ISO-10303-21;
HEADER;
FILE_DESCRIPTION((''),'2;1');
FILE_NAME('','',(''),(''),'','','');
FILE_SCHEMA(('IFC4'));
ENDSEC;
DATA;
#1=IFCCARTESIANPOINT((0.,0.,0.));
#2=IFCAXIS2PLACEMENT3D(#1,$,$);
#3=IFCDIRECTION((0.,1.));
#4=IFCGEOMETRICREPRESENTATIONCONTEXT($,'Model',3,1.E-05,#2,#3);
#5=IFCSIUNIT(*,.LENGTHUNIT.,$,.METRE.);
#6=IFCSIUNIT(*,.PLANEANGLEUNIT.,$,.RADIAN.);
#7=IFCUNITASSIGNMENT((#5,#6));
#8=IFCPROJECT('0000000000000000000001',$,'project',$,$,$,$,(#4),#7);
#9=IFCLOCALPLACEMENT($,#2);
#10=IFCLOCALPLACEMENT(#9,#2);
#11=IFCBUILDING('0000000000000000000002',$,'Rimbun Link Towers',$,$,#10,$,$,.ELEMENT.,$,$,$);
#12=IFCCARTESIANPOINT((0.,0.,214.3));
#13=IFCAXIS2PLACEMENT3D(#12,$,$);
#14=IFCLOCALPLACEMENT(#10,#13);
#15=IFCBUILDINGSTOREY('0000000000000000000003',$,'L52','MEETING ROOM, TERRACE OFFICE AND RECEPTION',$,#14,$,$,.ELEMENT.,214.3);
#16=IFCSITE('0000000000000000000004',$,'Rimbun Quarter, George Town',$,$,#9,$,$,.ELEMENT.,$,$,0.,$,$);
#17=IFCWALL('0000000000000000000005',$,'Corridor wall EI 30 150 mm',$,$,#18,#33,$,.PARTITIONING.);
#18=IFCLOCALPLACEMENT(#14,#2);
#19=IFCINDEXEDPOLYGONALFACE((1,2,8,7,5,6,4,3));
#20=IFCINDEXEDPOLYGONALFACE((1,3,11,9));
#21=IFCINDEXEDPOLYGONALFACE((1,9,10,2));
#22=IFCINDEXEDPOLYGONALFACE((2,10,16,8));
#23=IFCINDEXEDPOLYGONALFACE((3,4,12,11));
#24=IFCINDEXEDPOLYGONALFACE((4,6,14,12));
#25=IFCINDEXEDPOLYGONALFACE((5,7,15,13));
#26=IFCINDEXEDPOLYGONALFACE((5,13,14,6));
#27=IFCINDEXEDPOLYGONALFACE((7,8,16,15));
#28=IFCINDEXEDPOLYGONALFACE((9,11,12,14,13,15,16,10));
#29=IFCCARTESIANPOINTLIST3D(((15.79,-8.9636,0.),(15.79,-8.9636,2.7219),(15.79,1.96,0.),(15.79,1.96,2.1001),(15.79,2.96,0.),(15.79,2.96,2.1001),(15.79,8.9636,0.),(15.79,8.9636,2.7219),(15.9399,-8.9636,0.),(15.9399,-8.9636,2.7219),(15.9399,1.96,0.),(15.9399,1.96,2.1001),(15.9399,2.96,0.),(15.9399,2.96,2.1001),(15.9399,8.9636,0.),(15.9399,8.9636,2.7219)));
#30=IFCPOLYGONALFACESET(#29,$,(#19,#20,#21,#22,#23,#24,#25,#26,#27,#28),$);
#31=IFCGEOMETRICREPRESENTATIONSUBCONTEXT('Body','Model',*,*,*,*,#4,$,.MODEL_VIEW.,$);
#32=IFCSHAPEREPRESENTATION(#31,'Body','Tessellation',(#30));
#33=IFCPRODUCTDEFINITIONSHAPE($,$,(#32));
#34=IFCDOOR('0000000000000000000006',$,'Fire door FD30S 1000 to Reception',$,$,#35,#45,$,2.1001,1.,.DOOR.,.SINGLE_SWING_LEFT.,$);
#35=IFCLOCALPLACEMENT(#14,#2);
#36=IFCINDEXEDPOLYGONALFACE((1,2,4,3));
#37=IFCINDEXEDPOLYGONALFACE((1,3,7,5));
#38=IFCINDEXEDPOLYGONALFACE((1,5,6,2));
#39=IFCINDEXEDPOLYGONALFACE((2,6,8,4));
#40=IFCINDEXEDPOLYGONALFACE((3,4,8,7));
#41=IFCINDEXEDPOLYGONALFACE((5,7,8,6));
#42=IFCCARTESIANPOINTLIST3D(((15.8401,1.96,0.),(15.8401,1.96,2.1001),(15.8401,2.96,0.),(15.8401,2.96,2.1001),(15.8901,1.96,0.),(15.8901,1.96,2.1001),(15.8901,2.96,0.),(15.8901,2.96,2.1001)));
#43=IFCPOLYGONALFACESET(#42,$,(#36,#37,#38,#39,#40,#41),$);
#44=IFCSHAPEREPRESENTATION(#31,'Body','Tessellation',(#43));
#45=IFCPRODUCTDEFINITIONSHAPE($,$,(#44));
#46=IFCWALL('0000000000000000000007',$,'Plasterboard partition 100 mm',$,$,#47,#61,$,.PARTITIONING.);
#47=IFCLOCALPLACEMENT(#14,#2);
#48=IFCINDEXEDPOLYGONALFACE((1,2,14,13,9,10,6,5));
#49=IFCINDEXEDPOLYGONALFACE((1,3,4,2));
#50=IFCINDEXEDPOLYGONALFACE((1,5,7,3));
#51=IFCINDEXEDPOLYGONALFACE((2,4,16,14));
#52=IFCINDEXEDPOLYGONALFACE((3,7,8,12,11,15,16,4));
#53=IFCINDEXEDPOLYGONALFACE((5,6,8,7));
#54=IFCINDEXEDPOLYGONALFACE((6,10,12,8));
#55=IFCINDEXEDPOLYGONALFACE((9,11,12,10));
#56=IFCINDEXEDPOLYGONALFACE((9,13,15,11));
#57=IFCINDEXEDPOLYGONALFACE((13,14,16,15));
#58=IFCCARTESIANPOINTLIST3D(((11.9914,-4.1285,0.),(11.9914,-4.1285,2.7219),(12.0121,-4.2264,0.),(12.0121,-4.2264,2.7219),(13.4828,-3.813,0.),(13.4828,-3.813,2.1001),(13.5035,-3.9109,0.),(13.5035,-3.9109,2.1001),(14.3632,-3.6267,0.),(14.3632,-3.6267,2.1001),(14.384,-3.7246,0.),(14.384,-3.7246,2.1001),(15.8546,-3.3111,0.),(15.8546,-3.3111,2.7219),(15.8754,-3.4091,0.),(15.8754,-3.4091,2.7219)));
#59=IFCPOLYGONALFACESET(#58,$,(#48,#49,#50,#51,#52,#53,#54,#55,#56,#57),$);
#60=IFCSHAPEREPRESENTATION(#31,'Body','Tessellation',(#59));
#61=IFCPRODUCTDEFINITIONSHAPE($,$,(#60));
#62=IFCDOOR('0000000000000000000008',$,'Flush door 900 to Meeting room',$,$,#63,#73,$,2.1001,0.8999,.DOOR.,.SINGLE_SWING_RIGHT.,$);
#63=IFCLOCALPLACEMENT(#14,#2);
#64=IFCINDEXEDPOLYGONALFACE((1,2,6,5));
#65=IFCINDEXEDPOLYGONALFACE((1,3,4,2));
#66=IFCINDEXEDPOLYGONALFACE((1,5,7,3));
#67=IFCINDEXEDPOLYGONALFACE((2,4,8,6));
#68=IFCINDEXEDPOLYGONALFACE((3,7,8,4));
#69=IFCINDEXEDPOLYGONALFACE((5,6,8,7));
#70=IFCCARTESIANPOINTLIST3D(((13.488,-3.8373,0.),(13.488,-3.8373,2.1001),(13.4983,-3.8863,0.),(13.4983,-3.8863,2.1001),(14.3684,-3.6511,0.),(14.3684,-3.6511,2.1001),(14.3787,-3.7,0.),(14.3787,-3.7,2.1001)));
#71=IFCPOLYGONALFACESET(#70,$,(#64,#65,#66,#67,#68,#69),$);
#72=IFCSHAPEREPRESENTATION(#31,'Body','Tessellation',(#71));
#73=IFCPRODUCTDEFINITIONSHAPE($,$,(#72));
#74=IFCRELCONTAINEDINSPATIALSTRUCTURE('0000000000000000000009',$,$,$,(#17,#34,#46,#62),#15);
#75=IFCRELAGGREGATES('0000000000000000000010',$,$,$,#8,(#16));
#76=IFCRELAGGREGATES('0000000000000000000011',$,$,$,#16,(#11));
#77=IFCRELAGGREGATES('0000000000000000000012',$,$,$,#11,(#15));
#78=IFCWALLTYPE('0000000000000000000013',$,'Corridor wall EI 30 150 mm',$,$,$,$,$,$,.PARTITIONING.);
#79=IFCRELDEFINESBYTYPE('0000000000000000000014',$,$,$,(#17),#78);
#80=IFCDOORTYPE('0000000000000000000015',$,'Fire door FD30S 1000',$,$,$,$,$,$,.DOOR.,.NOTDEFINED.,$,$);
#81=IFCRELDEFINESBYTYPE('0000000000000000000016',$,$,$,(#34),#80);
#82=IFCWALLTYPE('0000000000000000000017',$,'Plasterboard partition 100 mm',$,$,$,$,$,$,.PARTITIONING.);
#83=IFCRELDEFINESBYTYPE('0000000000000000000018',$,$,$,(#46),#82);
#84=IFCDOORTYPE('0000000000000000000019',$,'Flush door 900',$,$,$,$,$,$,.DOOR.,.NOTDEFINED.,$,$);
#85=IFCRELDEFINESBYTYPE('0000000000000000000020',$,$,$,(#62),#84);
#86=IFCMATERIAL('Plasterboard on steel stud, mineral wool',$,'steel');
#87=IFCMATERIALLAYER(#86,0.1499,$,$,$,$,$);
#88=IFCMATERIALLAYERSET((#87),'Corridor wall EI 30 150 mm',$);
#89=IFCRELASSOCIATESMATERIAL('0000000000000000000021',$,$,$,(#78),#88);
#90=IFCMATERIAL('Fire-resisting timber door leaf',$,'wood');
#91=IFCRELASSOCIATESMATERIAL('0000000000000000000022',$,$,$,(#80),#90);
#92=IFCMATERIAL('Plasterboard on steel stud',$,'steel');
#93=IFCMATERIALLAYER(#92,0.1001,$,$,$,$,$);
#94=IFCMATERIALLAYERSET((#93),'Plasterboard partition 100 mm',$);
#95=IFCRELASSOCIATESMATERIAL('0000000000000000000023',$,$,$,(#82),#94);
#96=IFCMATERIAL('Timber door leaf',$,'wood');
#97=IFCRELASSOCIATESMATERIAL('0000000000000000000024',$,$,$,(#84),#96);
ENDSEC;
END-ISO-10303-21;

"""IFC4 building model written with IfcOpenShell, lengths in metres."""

from ifc_helpers import new_model, si_unit, direction, frame, frame_2d, origin, place, context, subcontext, project, spatial, rectangle, extrude, material, layer, layer_set, type_object, element, fill, save


model = new_model("IFC4")

# Units and contexts
model_context = context("Model", 3, precision=1e-05, world=origin(), true_north=direction((0.0, 1.0)))
body_context = subcontext(model_context, "Body", "Model", "MODEL_VIEW")
ifc_project = project(units=[si_unit("LENGTHUNIT", "METRE"), si_unit("PLANEANGLEUNIT", "RADIAN")], contexts=[model_context])

# Site, building, storey
site_placement = place(None, origin())
site = spatial("IfcSite", under=ifc_project, at=site_placement, Name="Rimbun Quarter, George Town", CompositionType="ELEMENT", RefElevation=0.0)
building_placement = place(site_placement, origin())
building = spatial("IfcBuilding", under=site, at=building_placement, Name="Rimbun Link Towers", CompositionType="ELEMENT")
storey_placement = place(building_placement, frame((0.0, 0.0, 214.3)))
storey = spatial("IfcBuildingStorey", under=building, at=storey_placement, Name="L52", Description="MEETING ROOM, TERRACE OFFICE AND RECEPTION", CompositionType="ELEMENT", Elevation=214.3)

# Shared definitions
ifc_material_1 = material(Name="Plasterboard on steel stud, mineral wool", Category="steel")
ifc_layer_1 = layer(ifc_material_1, 0.1499)
ifc_layer_set_1 = layer_set([ifc_layer_1], Name="Corridor wall EI 30 150 mm")
wall_type_1 = type_object("IfcWallType", Name="Corridor wall EI 30 150 mm", PredefinedType="PARTITIONING", material=ifc_layer_set_1)

# Walls, openings, doors
wall_1_placement = place(storey_placement, frame((15.865, -8.9636, 0.0), z_axis=(0.0, 0.0, 1.0), x_axis=(0.0, 1.0, 0.0)))
wall_1 = element("IfcWall", 1, at=wall_1_placement, inside=storey, type_object=wall_type_1, Name="Corridor wall EI 30 150 mm", PredefinedType="PARTITIONING", context=body_context, shape_type="SweptSolid", body=[
    extrude(rectangle(XDim=17.9272, YDim=0.1499, at=frame_2d((8.9636, 0.0))), origin(), (0.0, 0.0, 1.0), 2.7219),
])
opening_1_placement = place(wall_1_placement, frame((10.9236, 0.0, 0.0)))
opening_1 = element("IfcOpeningElement", 2, at=opening_1_placement, cuts=wall_1, PredefinedType="OPENING", context=body_context, shape_type="SweptSolid", body=[
    extrude(rectangle(XDim=1.0, YDim=2.1001, at=frame_2d((0.5, 1.05))), frame((0.0, 0.085, 0.0), z_axis=(0.0, -1.0, 0.0), x_axis=(1.0, 0.0, 0.0)), (0.0, 0.0, 1.0), 0.1699),
])
ifc_material_2 = material(Name="Fire-resisting timber door leaf", Category="wood")
door_type_1 = type_object("IfcDoorType", Name="Fire door FD30S 1000", OperationType="NOTDEFINED", PredefinedType="DOOR", material=ifc_material_2)
door_1_placement = place(opening_1_placement, origin())
door_1 = element("IfcDoor", 3, at=door_1_placement, inside=storey, type_object=door_type_1, Name="Fire door FD30S 1000 to Reception", OperationType="SINGLE_SWING_LEFT", OverallHeight=2.1001, OverallWidth=1.0, PredefinedType="DOOR", context=body_context, shape_type="SweptSolid", body=[
    extrude(rectangle(XDim=1.0, YDim=2.1001, at=frame_2d((0.5, 1.05))), frame((0.0, 0.0249, 0.0), z_axis=(0.0, -1.0, 0.0), x_axis=(1.0, 0.0, 0.0)), (0.0, 0.0, 1.0), 0.05),
])
fill(opening_1, door_1)
ifc_material_3 = material(Name="Plasterboard on steel stud", Category="steel")
ifc_layer_2 = layer(ifc_material_3, 0.1001)
ifc_layer_set_2 = layer_set([ifc_layer_2], Name="Plasterboard partition 100 mm")
wall_type_2 = type_object("IfcWallType", Name="Plasterboard partition 100 mm", PredefinedType="PARTITIONING", material=ifc_layer_set_2)
wall_2_placement = place(storey_placement, frame((15.865, -3.3601, 0.0), z_axis=(0.0, 0.0, 1.0), x_axis=(-0.978342, -0.206995, 0.0)))
wall_2 = element("IfcWall", 4, at=wall_2_placement, inside=storey, type_object=wall_type_2, Name="Plasterboard partition 100 mm", PredefinedType="PARTITIONING", context=body_context, shape_type="SweptSolid", body=[
    extrude(rectangle(XDim=3.9487, YDim=0.1001, at=frame_2d((1.9744, 0.0))), origin(), (0.0, 0.0, 1.0), 2.7219),
])
opening_2_placement = place(wall_2_placement, frame((1.5244, 0.0, 0.0)))
opening_2 = element("IfcOpeningElement", 5, at=opening_2_placement, cuts=wall_2, PredefinedType="OPENING", context=body_context, shape_type="SweptSolid", body=[
    extrude(rectangle(XDim=0.8999, YDim=2.1001, at=frame_2d((0.45, 1.05))), frame((0.0, 0.0601, 0.0), z_axis=(0.0, -1.0, 0.0), x_axis=(1.0, 0.0, 0.0)), (0.0, 0.0, 1.0), 0.1201),
])
ifc_material_4 = material(Name="Timber door leaf", Category="wood")
door_type_2 = type_object("IfcDoorType", Name="Flush door 900", OperationType="NOTDEFINED", PredefinedType="DOOR", material=ifc_material_4)
door_2_placement = place(opening_2_placement, origin())
door_2 = element("IfcDoor", 6, at=door_2_placement, inside=storey, type_object=door_type_2, Name="Flush door 900 to Meeting room", OperationType="SINGLE_SWING_RIGHT", OverallHeight=2.1001, OverallWidth=0.8999, PredefinedType="DOOR", context=body_context, shape_type="SweptSolid", body=[
    extrude(rectangle(XDim=0.8999, YDim=2.1001, at=frame_2d((0.45, 1.05))), frame((0.0, 0.0249, 0.0), z_axis=(0.0, -1.0, 0.0), x_axis=(1.0, 0.0, 0.0)), (0.0, 0.0, 1.0), 0.05),
])
fill(opening_2, door_2)

save(model, "model.ifc")
